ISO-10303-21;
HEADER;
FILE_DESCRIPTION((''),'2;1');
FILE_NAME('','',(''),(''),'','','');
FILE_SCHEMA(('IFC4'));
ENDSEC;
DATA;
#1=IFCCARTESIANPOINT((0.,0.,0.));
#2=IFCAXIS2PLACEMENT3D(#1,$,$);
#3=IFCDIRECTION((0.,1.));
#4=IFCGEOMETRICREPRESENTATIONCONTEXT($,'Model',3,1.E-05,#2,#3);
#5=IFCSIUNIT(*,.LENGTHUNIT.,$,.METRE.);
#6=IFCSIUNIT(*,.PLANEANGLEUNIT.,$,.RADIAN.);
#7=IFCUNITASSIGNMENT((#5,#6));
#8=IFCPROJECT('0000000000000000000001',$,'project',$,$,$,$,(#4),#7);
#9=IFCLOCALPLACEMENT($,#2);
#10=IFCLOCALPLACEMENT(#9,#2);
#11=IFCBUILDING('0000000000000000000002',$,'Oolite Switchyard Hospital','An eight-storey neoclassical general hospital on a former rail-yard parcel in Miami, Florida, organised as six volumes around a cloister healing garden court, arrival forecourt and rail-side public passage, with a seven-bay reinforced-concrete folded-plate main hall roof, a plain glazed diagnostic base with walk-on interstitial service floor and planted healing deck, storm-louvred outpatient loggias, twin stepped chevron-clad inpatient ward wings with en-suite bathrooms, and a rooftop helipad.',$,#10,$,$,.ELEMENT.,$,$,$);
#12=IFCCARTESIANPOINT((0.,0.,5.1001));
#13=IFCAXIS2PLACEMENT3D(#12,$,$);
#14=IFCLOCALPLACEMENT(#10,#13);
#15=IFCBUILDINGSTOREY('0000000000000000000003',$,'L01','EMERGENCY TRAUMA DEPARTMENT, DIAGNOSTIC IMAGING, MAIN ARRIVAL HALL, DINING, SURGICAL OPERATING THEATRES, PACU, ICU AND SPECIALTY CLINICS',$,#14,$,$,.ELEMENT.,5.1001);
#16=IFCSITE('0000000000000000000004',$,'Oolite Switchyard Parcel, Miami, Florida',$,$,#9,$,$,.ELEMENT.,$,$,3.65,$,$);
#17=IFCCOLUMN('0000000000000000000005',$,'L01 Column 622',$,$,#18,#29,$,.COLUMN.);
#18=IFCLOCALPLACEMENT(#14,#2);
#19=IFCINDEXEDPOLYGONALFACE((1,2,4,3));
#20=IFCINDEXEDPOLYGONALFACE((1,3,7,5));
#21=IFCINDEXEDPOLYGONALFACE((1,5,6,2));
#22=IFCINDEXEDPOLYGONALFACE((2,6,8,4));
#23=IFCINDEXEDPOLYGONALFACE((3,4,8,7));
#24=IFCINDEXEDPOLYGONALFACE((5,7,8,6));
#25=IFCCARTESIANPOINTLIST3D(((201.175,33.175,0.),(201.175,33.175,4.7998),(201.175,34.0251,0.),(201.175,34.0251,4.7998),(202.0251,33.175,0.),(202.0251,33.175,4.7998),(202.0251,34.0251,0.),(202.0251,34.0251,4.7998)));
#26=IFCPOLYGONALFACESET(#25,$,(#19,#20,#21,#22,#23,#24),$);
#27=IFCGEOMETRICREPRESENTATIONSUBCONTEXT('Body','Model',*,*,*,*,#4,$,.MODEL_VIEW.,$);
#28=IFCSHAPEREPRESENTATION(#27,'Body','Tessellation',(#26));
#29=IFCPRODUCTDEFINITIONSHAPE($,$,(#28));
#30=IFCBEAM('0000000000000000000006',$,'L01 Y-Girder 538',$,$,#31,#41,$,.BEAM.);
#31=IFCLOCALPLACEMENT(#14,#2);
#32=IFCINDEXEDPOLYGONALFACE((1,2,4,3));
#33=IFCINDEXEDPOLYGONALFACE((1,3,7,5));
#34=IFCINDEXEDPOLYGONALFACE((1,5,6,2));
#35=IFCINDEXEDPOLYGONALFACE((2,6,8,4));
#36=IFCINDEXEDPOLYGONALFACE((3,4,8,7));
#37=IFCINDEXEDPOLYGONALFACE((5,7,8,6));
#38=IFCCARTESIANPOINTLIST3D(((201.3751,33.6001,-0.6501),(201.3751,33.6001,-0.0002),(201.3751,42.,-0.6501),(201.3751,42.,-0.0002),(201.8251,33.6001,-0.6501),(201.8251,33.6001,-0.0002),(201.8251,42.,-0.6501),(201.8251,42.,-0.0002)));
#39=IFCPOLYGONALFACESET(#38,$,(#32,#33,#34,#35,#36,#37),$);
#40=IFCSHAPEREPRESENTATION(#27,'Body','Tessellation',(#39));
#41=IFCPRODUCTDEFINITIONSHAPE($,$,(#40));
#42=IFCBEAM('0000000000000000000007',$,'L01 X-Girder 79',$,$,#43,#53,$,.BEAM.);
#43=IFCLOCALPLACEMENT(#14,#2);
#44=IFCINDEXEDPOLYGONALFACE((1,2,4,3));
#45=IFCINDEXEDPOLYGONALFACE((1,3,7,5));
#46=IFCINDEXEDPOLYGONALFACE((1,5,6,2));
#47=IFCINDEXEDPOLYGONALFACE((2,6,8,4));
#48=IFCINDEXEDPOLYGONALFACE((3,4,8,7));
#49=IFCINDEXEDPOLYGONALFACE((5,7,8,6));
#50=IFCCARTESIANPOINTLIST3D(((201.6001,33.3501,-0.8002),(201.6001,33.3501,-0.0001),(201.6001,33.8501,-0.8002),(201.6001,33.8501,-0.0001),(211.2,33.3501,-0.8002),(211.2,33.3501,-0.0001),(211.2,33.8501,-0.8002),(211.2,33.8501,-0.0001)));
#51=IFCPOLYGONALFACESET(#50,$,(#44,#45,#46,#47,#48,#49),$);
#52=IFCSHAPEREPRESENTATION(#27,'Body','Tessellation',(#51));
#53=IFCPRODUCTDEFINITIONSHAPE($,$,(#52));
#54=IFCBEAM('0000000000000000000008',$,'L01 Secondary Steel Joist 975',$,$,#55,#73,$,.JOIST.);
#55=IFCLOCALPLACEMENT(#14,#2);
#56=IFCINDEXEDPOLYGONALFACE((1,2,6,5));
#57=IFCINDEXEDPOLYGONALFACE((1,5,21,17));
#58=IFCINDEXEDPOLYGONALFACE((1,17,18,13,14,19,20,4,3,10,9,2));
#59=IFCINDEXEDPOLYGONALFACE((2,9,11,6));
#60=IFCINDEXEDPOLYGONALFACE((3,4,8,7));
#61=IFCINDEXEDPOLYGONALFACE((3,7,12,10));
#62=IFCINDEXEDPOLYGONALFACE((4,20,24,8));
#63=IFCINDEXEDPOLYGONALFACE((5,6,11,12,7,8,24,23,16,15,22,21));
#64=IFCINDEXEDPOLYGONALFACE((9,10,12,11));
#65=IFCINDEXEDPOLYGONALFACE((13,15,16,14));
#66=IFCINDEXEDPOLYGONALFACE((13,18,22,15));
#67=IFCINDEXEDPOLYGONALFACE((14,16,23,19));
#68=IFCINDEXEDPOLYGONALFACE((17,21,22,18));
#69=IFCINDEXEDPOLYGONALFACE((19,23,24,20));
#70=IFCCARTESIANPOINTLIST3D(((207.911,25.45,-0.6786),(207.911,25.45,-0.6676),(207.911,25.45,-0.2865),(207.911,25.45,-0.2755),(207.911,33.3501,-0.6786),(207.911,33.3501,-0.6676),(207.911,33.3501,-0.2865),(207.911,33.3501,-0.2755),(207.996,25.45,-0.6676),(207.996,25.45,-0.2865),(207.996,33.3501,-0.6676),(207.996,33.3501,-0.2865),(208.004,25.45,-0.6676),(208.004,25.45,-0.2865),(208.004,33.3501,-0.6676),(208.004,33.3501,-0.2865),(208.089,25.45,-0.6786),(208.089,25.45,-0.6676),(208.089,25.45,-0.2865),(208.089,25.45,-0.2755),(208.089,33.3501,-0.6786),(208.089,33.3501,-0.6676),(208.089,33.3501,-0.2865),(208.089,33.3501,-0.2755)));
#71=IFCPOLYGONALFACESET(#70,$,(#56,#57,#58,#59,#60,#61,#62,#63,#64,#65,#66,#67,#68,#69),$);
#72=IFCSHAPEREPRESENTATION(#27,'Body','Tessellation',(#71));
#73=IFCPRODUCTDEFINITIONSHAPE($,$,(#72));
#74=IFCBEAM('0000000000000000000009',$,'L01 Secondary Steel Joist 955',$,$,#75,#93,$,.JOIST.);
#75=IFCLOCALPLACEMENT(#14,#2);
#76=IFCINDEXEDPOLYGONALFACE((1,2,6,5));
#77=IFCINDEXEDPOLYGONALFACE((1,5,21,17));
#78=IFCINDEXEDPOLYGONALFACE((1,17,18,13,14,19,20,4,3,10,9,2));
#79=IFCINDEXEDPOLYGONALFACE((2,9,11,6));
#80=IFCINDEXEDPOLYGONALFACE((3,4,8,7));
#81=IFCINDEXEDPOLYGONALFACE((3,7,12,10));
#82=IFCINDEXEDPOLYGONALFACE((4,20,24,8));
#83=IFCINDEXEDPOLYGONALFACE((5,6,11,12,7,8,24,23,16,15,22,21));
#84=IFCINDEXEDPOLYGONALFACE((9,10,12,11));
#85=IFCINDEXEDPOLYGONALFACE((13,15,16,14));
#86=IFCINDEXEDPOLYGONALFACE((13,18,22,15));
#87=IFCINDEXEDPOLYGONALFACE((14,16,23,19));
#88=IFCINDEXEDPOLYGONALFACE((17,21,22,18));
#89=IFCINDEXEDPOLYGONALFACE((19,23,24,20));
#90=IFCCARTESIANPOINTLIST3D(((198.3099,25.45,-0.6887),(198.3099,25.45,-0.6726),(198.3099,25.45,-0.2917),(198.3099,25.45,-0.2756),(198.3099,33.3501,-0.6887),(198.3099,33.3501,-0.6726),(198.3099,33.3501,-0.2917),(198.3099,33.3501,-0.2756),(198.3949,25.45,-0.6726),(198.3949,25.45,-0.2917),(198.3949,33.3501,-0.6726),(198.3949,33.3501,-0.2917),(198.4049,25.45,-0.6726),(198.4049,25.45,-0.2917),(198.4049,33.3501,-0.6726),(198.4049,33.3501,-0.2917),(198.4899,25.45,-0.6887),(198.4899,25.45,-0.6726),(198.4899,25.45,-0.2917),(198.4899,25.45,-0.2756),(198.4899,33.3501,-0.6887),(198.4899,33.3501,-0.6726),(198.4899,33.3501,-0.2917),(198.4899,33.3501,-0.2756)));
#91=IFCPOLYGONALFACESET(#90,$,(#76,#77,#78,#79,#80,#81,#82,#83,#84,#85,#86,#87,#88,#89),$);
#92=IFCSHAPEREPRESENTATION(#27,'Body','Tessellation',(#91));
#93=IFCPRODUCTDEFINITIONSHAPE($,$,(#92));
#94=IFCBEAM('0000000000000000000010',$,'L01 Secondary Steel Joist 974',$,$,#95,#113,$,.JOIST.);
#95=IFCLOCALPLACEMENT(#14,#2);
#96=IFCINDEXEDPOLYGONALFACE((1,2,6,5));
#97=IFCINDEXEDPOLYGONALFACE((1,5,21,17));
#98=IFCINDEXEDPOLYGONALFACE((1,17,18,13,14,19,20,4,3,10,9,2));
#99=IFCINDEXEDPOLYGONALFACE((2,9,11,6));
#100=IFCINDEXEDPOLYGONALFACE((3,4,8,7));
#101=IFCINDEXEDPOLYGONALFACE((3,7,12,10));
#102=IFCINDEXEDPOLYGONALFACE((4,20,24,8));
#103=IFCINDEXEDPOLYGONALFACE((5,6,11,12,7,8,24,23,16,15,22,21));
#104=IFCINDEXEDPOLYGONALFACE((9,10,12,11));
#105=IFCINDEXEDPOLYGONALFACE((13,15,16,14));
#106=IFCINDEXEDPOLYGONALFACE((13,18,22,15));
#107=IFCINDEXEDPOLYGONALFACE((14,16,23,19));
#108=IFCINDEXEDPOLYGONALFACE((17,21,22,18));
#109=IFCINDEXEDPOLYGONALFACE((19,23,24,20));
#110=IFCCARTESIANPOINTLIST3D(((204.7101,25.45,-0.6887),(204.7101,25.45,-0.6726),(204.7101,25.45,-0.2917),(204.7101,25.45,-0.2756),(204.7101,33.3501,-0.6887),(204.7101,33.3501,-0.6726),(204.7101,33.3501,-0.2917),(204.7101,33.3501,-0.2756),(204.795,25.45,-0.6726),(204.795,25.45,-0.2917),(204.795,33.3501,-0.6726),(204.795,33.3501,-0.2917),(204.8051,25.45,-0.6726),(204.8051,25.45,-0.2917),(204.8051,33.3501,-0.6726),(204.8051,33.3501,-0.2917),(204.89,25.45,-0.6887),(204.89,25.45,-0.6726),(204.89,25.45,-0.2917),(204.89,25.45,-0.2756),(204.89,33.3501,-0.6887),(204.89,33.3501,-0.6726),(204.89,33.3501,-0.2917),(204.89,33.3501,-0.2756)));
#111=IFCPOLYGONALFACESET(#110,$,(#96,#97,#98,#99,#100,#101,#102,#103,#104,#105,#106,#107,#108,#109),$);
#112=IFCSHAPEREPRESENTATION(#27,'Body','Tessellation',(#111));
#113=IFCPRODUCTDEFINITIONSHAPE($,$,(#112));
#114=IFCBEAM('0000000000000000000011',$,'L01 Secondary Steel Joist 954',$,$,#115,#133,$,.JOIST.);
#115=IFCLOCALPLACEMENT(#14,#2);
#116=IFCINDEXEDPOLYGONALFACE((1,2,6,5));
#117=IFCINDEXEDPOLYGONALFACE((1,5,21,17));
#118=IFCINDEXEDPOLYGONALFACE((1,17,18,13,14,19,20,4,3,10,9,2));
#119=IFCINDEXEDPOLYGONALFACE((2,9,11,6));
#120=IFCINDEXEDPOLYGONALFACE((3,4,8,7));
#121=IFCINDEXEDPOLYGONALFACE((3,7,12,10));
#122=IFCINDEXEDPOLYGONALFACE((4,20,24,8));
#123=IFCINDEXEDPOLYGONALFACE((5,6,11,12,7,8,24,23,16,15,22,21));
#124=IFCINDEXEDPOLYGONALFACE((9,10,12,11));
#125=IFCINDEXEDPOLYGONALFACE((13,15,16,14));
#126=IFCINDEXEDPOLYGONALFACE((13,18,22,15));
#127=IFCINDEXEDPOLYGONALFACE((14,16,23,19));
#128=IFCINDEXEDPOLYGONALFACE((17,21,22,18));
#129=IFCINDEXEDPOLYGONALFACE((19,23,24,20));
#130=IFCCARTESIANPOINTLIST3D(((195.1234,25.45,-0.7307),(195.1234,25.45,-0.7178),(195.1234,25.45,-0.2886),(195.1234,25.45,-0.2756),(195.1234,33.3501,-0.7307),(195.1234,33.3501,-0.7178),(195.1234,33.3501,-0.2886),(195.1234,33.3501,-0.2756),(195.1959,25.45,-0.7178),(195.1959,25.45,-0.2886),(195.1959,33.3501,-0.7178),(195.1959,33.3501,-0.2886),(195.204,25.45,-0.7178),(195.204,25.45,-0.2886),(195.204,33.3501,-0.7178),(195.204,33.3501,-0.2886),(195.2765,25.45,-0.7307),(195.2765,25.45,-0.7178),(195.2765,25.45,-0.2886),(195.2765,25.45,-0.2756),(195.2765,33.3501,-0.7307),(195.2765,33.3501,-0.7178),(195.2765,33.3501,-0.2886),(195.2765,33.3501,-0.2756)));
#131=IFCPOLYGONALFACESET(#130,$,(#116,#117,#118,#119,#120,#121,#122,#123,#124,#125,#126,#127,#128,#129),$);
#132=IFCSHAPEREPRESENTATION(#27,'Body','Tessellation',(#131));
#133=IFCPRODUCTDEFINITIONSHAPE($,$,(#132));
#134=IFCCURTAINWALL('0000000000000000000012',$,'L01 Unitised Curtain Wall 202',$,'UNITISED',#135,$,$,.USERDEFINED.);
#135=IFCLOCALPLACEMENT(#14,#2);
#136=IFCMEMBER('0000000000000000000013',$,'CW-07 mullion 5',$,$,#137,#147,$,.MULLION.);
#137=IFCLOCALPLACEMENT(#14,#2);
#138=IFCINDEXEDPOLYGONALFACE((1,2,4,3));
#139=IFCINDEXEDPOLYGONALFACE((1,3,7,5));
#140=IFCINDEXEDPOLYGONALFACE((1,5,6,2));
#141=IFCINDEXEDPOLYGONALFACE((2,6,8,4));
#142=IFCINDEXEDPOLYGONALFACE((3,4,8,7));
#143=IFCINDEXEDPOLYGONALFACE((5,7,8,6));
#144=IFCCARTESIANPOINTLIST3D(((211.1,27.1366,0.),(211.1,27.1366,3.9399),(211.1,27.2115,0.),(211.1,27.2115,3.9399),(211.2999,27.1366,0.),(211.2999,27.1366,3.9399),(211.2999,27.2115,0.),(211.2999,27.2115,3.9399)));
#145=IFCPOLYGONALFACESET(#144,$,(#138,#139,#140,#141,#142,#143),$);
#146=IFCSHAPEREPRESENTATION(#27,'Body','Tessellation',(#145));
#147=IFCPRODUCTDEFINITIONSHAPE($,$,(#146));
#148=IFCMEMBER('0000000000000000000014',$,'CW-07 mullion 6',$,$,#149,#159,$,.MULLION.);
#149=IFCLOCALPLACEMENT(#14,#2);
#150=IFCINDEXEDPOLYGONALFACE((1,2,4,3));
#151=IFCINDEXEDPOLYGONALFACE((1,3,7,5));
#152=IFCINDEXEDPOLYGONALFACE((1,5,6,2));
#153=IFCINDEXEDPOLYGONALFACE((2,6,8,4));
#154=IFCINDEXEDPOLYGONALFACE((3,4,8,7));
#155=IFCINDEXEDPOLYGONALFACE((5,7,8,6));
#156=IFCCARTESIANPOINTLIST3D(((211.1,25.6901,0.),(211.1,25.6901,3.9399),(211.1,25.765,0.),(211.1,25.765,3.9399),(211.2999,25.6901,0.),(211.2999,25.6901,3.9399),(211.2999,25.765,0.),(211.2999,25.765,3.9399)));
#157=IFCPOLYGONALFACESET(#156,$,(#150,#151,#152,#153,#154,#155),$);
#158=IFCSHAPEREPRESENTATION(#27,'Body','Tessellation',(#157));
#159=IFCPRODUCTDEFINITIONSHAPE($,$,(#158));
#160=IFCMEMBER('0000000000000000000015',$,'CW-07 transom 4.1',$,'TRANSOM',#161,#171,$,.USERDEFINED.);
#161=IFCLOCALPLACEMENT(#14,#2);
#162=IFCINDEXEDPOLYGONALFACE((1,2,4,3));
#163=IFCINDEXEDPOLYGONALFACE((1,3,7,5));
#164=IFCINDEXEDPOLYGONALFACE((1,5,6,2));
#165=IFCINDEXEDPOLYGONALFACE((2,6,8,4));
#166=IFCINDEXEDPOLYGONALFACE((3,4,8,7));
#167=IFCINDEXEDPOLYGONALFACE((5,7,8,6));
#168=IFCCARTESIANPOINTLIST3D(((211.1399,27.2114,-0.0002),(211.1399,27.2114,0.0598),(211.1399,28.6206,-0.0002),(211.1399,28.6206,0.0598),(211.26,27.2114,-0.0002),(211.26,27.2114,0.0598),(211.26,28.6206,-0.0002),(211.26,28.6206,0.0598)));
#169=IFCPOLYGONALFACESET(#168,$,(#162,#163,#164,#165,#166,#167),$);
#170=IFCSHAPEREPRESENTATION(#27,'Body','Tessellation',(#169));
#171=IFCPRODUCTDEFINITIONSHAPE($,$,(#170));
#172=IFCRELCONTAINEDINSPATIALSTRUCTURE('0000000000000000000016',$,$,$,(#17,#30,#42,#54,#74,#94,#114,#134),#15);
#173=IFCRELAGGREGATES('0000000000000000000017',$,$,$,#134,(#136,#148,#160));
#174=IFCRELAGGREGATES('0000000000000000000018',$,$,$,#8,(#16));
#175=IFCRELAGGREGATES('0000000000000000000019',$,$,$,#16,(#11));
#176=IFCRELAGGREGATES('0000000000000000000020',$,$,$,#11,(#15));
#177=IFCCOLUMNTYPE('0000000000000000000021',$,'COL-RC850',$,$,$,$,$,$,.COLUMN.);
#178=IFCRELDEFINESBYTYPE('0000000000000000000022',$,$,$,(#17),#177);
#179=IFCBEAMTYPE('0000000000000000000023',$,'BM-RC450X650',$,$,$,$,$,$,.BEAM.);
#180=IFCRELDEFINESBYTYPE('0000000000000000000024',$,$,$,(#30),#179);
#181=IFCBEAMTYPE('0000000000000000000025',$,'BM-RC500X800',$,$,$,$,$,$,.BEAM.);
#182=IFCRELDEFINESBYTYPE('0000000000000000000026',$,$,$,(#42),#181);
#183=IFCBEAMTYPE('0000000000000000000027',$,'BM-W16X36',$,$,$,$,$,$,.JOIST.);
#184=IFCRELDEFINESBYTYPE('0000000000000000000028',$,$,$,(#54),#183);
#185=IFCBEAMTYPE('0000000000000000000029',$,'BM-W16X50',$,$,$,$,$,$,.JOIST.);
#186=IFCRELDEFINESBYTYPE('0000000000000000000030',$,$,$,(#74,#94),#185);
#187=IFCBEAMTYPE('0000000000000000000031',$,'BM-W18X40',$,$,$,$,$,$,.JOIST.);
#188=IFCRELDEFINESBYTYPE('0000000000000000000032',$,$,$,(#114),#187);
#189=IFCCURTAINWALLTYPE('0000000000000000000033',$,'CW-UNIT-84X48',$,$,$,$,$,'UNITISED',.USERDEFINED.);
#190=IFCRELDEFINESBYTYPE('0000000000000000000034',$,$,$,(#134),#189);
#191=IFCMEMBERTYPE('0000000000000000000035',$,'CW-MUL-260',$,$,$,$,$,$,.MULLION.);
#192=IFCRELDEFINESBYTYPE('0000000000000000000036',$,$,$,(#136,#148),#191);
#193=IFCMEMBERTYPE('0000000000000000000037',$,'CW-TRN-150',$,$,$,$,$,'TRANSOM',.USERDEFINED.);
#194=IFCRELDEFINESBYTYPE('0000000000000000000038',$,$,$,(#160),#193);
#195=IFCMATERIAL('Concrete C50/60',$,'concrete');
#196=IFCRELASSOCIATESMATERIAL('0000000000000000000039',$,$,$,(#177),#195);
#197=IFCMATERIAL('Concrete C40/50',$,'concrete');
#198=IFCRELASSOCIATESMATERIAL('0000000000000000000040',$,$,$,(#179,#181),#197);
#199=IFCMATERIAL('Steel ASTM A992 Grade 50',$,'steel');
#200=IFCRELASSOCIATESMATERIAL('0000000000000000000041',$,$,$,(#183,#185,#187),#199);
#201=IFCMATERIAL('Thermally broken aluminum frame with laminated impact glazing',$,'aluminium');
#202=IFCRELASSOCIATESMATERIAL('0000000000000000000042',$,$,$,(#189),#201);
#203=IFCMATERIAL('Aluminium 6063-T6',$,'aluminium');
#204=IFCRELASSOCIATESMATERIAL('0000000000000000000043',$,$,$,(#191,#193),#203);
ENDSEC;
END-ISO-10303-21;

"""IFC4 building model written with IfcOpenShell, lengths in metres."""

from ifc_helpers import new_model, si_unit, direction, frame, origin, origin_2d, place, context, subcontext, project, spatial, rectangle, i_section, extrude, material, material_profile, profile_set, type_object, element, aggregate, save


model = new_model("IFC4")

# Units and contexts
model_context = context("Model", 3, precision=1e-05, world=origin(), true_north=direction((0.0, 1.0)))
body_context = subcontext(model_context, "Body", "Model", "MODEL_VIEW")
ifc_project = project(units=[si_unit("LENGTHUNIT", "METRE"), si_unit("PLANEANGLEUNIT", "RADIAN")], contexts=[model_context])

# Site, building, storey
site_placement = place(None, origin())
site = spatial("IfcSite", under=ifc_project, at=site_placement, Name="Oolite Switchyard Parcel, Miami, Florida", CompositionType="ELEMENT", RefElevation=3.65)
building_placement = place(site_placement, origin())
building = spatial("IfcBuilding", under=site, at=building_placement, Name="Oolite Switchyard Hospital", Description="An eight-storey neoclassical general hospital on a former rail-yard parcel in Miami, Florida, organised as six volumes around a cloister healing garden court, arrival forecourt and rail-side public passage, with a seven-bay reinforced-concrete folded-plate main hall roof, a plain glazed diagnostic base with walk-on interstitial service floor and planted healing deck, storm-louvred outpatient loggias, twin stepped chevron-clad inpatient ward wings with en-suite bathrooms, and a rooftop helipad.", CompositionType="ELEMENT")
storey_placement = place(building_placement, frame((0.0, 0.0, 5.1001)))
storey = spatial("IfcBuildingStorey", under=building, at=storey_placement, Name="L01", Description="EMERGENCY TRAUMA DEPARTMENT, DIAGNOSTIC IMAGING, MAIN ARRIVAL HALL, DINING, SURGICAL OPERATING THEATRES, PACU, ICU AND SPECIALTY CLINICS", CompositionType="ELEMENT", Elevation=5.1001)

# Column
ifc_material_1 = material(Name="Concrete C50/60", Category="concrete")
ifc_material_profile_1 = material_profile(ifc_material_1, rectangle(XDim=0.8501, YDim=0.8501, at=origin_2d()), Name="RC850X850")
ifc_profile_set_1 = profile_set([ifc_material_profile_1], Name="Concrete C50/60")
column_type = type_object("IfcColumnType", Name="COL-RC850", PredefinedType="COLUMN", material=ifc_profile_set_1)
column_placement = place(storey_placement, frame((201.6001, 33.6001, 0.0), z_axis=(0.0, 0.0, 1.0), x_axis=(1.0, 0.0, 0.0)))
element("IfcColumn", 1, at=column_placement, inside=storey, type_object=column_type, Name="L01 Column 622", PredefinedType="COLUMN", context=body_context, shape_type="SweptSolid", body=[
    extrude(rectangle(XDim=0.8501, YDim=0.8501, at=origin_2d()), origin(), (0.0, 0.0, 1.0), 4.7998),
])

# Beams
ifc_material_2 = material(Name="Concrete C40/50", Category="concrete")
ifc_material_profile_2 = material_profile(ifc_material_2, rectangle(XDim=0.45, YDim=0.6499, at=origin_2d()), Name="RCB450X650")
ifc_profile_set_2 = profile_set([ifc_material_profile_2], Name="Concrete C40/50")
beam_type_1 = type_object("IfcBeamType", Name="BM-RC450X650", PredefinedType="BEAM", material=ifc_profile_set_2)
beam_1_placement = place(storey_placement, frame((201.6001, 33.6001, -0.3252), z_axis=(0.0, 1.0, 0.0), x_axis=(-1.0, 0.0, 0.0)))
element("IfcBeam", 2, at=beam_1_placement, inside=storey, type_object=beam_type_1, Name="L01 Y-Girder 538", PredefinedType="BEAM", context=body_context, shape_type="SweptSolid", body=[
    extrude(rectangle(XDim=0.45, YDim=0.6499, at=origin_2d()), origin(), (0.0, 0.0, 1.0), 8.3999),
])
ifc_material_profile_3 = material_profile(ifc_material_2, rectangle(XDim=0.5, YDim=0.8, at=origin_2d()), Name="RCB500X800")
ifc_profile_set_3 = profile_set([ifc_material_profile_3], Name="Concrete C40/50")
beam_type_2 = type_object("IfcBeamType", Name="BM-RC500X800", PredefinedType="BEAM", material=ifc_profile_set_3)
beam_2_placement = place(storey_placement, frame((201.6001, 33.6001, -0.4001), z_axis=(1.0, 0.0, 0.0), x_axis=(0.0, 1.0, 0.0)))
element("IfcBeam", 3, at=beam_2_placement, inside=storey, type_object=beam_type_2, Name="L01 X-Girder 79", PredefinedType="BEAM", context=body_context, shape_type="SweptSolid", body=[
    extrude(rectangle(XDim=0.5, YDim=0.8, at=origin_2d()), origin(), (0.0, 0.0, 1.0), 9.5999),
])
ifc_material_3 = material(Name="Steel ASTM A992 Grade 50", Category="steel")
ifc_material_profile_4 = material_profile(ifc_material_3, i_section(OverallWidth=0.178, OverallDepth=0.4031, WebThickness=0.0081, FlangeThickness=0.011, at=origin_2d()), Name="W16X36")
ifc_profile_set_4 = profile_set([ifc_material_profile_4], Name="Steel ASTM A992 Grade 50")
beam_type_3 = type_object("IfcBeamType", Name="BM-W16X36", PredefinedType="JOIST", material=ifc_profile_set_4)
beam_3_placement = place(storey_placement, frame((208.0, 25.45, -0.4771), z_axis=(0.0, 1.0, 0.0), x_axis=(-1.0, 0.0, 0.0)))
element("IfcBeam", 4, at=beam_3_placement, inside=storey, type_object=beam_type_3, Name="L01 Secondary Steel Joist 975", PredefinedType="JOIST", context=body_context, shape_type="SweptSolid", body=[
    extrude(i_section(OverallWidth=0.178, OverallDepth=0.4031, WebThickness=0.0081, FlangeThickness=0.011, at=origin_2d()), origin(), (0.0, 0.0, 1.0), 7.9001),
])
ifc_material_profile_5 = material_profile(ifc_material_3, i_section(OverallWidth=0.1799, OverallDepth=0.4131, WebThickness=0.01, FlangeThickness=0.0161, at=origin_2d()), Name="W16X50")
ifc_profile_set_5 = profile_set([ifc_material_profile_5], Name="Steel ASTM A992 Grade 50")
beam_type_4 = type_object("IfcBeamType", Name="BM-W16X50", PredefinedType="JOIST", material=ifc_profile_set_5)
for number, where, z_axis, x_axis, name in (
    (5, (198.3999, 25.45, -0.4822), (0.0, 1.0, 0.0), (-1.0, 0.0, 0.0), "L01 Secondary Steel Joist 955"),
    (6, (204.8, 25.45, -0.4822), (0.0, 1.0, 0.0), (-1.0, 0.0, 0.0), "L01 Secondary Steel Joist 974"),
):
    element("IfcBeam", number, at=place(storey_placement, frame(where, z_axis=z_axis, x_axis=x_axis)), inside=storey, type_object=beam_type_4, Name=name, PredefinedType="JOIST", context=body_context, shape_type="SweptSolid", body=[
        extrude(i_section(OverallWidth=0.1799, OverallDepth=0.4131, WebThickness=0.01, FlangeThickness=0.0161, at=origin_2d()), origin(), (0.0, 0.0, 1.0), 7.9001),
    ])
ifc_material_profile_6 = material_profile(ifc_material_3, i_section(OverallWidth=0.1531, OverallDepth=0.4551, WebThickness=0.0081, FlangeThickness=0.0129, at=origin_2d()), Name="W18X40")
ifc_profile_set_6 = profile_set([ifc_material_profile_6], Name="Steel ASTM A992 Grade 50")
beam_type_5 = type_object("IfcBeamType", Name="BM-W18X40", PredefinedType="JOIST", material=ifc_profile_set_6)
beam_4_placement = place(storey_placement, frame((195.2, 25.45, -0.5032), z_axis=(0.0, 1.0, 0.0), x_axis=(-1.0, 0.0, 0.0)))
element("IfcBeam", 7, at=beam_4_placement, inside=storey, type_object=beam_type_5, Name="L01 Secondary Steel Joist 954", PredefinedType="JOIST", context=body_context, shape_type="SweptSolid", body=[
    extrude(i_section(OverallWidth=0.1531, OverallDepth=0.4551, WebThickness=0.0081, FlangeThickness=0.0129, at=origin_2d()), origin(), (0.0, 0.0, 1.0), 7.9001),
])

# Curtain wall, members
ifc_material_4 = material(Name="Thermally broken aluminum frame with laminated impact glazing", Category="aluminium")
curtain_wall_type = type_object("IfcCurtainWallType", Name="CW-UNIT-84X48", ElementType="UNITISED", PredefinedType="USERDEFINED", material=ifc_material_4)
curtain_wall_placement = place(storey_placement, origin())
curtain_wall = element("IfcCurtainWall", 8, at=curtain_wall_placement, inside=storey, type_object=curtain_wall_type, Name="L01 Unitised Curtain Wall 202", ObjectType="UNITISED", PredefinedType="USERDEFINED")
ifc_material_5 = material(Name="Aluminium 6063-T6", Category="aluminium")
ifc_material_profile_7 = material_profile(ifc_material_5, rectangle(XDim=0.2, YDim=0.075, at=origin_2d()), Name="CWM75X200")
ifc_profile_set_7 = profile_set([ifc_material_profile_7], Name="Aluminium 6063-T6")
member_type_1 = type_object("IfcMemberType", Name="CW-MUL-260", PredefinedType="MULLION", material=ifc_profile_set_7)
member_1_placement = place(storey_placement, frame((211.2, 27.1741, 0.0), z_axis=(0.0, 0.0, 1.0), x_axis=(1.0, 0.0, 0.0)))
member_1 = element("IfcMember", 9, at=member_1_placement, type_object=member_type_1, Name="CW-07 mullion 5", PredefinedType="MULLION", context=body_context, shape_type="SweptSolid", body=[
    extrude(rectangle(XDim=0.2, YDim=0.075, at=origin_2d()), origin(), (0.0, 0.0, 1.0), 3.9399),
])
member_2_placement = place(storey_placement, frame((211.2, 25.7275, 0.0), z_axis=(0.0, 0.0, 1.0), x_axis=(1.0, 0.0, 0.0)))
member_2 = element("IfcMember", 10, at=member_2_placement, type_object=member_type_1, Name="CW-07 mullion 6", PredefinedType="MULLION", context=body_context, shape_type="SweptSolid", body=[
    extrude(rectangle(XDim=0.2, YDim=0.075, at=origin_2d()), origin(), (0.0, 0.0, 1.0), 3.9399),
])
ifc_material_profile_8 = material_profile(ifc_material_5, rectangle(XDim=0.1201, YDim=0.0601, at=origin_2d()), Name="CWT60X120")
ifc_profile_set_8 = profile_set([ifc_material_profile_8], Name="Aluminium 6063-T6")
member_type_2 = type_object("IfcMemberType", Name="CW-TRN-150", ElementType="TRANSOM", PredefinedType="USERDEFINED", material=ifc_profile_set_8)
member_3_placement = place(storey_placement, frame((211.2, 28.6206, 0.0298), z_axis=(0.0, -1.0, 0.0), x_axis=(1.0, 0.0, 0.0)))
member_3 = element("IfcMember", 11, at=member_3_placement, type_object=member_type_2, Name="CW-07 transom 4.1", ObjectType="TRANSOM", PredefinedType="USERDEFINED", context=body_context, shape_type="SweptSolid", body=[
    extrude(rectangle(XDim=0.1201, YDim=0.0601, at=origin_2d()), origin(), (0.0, 0.0, 1.0), 1.4092),
])
aggregate(curtain_wall, [member_1, member_2, member_3])

save(model, "model.ifc")
